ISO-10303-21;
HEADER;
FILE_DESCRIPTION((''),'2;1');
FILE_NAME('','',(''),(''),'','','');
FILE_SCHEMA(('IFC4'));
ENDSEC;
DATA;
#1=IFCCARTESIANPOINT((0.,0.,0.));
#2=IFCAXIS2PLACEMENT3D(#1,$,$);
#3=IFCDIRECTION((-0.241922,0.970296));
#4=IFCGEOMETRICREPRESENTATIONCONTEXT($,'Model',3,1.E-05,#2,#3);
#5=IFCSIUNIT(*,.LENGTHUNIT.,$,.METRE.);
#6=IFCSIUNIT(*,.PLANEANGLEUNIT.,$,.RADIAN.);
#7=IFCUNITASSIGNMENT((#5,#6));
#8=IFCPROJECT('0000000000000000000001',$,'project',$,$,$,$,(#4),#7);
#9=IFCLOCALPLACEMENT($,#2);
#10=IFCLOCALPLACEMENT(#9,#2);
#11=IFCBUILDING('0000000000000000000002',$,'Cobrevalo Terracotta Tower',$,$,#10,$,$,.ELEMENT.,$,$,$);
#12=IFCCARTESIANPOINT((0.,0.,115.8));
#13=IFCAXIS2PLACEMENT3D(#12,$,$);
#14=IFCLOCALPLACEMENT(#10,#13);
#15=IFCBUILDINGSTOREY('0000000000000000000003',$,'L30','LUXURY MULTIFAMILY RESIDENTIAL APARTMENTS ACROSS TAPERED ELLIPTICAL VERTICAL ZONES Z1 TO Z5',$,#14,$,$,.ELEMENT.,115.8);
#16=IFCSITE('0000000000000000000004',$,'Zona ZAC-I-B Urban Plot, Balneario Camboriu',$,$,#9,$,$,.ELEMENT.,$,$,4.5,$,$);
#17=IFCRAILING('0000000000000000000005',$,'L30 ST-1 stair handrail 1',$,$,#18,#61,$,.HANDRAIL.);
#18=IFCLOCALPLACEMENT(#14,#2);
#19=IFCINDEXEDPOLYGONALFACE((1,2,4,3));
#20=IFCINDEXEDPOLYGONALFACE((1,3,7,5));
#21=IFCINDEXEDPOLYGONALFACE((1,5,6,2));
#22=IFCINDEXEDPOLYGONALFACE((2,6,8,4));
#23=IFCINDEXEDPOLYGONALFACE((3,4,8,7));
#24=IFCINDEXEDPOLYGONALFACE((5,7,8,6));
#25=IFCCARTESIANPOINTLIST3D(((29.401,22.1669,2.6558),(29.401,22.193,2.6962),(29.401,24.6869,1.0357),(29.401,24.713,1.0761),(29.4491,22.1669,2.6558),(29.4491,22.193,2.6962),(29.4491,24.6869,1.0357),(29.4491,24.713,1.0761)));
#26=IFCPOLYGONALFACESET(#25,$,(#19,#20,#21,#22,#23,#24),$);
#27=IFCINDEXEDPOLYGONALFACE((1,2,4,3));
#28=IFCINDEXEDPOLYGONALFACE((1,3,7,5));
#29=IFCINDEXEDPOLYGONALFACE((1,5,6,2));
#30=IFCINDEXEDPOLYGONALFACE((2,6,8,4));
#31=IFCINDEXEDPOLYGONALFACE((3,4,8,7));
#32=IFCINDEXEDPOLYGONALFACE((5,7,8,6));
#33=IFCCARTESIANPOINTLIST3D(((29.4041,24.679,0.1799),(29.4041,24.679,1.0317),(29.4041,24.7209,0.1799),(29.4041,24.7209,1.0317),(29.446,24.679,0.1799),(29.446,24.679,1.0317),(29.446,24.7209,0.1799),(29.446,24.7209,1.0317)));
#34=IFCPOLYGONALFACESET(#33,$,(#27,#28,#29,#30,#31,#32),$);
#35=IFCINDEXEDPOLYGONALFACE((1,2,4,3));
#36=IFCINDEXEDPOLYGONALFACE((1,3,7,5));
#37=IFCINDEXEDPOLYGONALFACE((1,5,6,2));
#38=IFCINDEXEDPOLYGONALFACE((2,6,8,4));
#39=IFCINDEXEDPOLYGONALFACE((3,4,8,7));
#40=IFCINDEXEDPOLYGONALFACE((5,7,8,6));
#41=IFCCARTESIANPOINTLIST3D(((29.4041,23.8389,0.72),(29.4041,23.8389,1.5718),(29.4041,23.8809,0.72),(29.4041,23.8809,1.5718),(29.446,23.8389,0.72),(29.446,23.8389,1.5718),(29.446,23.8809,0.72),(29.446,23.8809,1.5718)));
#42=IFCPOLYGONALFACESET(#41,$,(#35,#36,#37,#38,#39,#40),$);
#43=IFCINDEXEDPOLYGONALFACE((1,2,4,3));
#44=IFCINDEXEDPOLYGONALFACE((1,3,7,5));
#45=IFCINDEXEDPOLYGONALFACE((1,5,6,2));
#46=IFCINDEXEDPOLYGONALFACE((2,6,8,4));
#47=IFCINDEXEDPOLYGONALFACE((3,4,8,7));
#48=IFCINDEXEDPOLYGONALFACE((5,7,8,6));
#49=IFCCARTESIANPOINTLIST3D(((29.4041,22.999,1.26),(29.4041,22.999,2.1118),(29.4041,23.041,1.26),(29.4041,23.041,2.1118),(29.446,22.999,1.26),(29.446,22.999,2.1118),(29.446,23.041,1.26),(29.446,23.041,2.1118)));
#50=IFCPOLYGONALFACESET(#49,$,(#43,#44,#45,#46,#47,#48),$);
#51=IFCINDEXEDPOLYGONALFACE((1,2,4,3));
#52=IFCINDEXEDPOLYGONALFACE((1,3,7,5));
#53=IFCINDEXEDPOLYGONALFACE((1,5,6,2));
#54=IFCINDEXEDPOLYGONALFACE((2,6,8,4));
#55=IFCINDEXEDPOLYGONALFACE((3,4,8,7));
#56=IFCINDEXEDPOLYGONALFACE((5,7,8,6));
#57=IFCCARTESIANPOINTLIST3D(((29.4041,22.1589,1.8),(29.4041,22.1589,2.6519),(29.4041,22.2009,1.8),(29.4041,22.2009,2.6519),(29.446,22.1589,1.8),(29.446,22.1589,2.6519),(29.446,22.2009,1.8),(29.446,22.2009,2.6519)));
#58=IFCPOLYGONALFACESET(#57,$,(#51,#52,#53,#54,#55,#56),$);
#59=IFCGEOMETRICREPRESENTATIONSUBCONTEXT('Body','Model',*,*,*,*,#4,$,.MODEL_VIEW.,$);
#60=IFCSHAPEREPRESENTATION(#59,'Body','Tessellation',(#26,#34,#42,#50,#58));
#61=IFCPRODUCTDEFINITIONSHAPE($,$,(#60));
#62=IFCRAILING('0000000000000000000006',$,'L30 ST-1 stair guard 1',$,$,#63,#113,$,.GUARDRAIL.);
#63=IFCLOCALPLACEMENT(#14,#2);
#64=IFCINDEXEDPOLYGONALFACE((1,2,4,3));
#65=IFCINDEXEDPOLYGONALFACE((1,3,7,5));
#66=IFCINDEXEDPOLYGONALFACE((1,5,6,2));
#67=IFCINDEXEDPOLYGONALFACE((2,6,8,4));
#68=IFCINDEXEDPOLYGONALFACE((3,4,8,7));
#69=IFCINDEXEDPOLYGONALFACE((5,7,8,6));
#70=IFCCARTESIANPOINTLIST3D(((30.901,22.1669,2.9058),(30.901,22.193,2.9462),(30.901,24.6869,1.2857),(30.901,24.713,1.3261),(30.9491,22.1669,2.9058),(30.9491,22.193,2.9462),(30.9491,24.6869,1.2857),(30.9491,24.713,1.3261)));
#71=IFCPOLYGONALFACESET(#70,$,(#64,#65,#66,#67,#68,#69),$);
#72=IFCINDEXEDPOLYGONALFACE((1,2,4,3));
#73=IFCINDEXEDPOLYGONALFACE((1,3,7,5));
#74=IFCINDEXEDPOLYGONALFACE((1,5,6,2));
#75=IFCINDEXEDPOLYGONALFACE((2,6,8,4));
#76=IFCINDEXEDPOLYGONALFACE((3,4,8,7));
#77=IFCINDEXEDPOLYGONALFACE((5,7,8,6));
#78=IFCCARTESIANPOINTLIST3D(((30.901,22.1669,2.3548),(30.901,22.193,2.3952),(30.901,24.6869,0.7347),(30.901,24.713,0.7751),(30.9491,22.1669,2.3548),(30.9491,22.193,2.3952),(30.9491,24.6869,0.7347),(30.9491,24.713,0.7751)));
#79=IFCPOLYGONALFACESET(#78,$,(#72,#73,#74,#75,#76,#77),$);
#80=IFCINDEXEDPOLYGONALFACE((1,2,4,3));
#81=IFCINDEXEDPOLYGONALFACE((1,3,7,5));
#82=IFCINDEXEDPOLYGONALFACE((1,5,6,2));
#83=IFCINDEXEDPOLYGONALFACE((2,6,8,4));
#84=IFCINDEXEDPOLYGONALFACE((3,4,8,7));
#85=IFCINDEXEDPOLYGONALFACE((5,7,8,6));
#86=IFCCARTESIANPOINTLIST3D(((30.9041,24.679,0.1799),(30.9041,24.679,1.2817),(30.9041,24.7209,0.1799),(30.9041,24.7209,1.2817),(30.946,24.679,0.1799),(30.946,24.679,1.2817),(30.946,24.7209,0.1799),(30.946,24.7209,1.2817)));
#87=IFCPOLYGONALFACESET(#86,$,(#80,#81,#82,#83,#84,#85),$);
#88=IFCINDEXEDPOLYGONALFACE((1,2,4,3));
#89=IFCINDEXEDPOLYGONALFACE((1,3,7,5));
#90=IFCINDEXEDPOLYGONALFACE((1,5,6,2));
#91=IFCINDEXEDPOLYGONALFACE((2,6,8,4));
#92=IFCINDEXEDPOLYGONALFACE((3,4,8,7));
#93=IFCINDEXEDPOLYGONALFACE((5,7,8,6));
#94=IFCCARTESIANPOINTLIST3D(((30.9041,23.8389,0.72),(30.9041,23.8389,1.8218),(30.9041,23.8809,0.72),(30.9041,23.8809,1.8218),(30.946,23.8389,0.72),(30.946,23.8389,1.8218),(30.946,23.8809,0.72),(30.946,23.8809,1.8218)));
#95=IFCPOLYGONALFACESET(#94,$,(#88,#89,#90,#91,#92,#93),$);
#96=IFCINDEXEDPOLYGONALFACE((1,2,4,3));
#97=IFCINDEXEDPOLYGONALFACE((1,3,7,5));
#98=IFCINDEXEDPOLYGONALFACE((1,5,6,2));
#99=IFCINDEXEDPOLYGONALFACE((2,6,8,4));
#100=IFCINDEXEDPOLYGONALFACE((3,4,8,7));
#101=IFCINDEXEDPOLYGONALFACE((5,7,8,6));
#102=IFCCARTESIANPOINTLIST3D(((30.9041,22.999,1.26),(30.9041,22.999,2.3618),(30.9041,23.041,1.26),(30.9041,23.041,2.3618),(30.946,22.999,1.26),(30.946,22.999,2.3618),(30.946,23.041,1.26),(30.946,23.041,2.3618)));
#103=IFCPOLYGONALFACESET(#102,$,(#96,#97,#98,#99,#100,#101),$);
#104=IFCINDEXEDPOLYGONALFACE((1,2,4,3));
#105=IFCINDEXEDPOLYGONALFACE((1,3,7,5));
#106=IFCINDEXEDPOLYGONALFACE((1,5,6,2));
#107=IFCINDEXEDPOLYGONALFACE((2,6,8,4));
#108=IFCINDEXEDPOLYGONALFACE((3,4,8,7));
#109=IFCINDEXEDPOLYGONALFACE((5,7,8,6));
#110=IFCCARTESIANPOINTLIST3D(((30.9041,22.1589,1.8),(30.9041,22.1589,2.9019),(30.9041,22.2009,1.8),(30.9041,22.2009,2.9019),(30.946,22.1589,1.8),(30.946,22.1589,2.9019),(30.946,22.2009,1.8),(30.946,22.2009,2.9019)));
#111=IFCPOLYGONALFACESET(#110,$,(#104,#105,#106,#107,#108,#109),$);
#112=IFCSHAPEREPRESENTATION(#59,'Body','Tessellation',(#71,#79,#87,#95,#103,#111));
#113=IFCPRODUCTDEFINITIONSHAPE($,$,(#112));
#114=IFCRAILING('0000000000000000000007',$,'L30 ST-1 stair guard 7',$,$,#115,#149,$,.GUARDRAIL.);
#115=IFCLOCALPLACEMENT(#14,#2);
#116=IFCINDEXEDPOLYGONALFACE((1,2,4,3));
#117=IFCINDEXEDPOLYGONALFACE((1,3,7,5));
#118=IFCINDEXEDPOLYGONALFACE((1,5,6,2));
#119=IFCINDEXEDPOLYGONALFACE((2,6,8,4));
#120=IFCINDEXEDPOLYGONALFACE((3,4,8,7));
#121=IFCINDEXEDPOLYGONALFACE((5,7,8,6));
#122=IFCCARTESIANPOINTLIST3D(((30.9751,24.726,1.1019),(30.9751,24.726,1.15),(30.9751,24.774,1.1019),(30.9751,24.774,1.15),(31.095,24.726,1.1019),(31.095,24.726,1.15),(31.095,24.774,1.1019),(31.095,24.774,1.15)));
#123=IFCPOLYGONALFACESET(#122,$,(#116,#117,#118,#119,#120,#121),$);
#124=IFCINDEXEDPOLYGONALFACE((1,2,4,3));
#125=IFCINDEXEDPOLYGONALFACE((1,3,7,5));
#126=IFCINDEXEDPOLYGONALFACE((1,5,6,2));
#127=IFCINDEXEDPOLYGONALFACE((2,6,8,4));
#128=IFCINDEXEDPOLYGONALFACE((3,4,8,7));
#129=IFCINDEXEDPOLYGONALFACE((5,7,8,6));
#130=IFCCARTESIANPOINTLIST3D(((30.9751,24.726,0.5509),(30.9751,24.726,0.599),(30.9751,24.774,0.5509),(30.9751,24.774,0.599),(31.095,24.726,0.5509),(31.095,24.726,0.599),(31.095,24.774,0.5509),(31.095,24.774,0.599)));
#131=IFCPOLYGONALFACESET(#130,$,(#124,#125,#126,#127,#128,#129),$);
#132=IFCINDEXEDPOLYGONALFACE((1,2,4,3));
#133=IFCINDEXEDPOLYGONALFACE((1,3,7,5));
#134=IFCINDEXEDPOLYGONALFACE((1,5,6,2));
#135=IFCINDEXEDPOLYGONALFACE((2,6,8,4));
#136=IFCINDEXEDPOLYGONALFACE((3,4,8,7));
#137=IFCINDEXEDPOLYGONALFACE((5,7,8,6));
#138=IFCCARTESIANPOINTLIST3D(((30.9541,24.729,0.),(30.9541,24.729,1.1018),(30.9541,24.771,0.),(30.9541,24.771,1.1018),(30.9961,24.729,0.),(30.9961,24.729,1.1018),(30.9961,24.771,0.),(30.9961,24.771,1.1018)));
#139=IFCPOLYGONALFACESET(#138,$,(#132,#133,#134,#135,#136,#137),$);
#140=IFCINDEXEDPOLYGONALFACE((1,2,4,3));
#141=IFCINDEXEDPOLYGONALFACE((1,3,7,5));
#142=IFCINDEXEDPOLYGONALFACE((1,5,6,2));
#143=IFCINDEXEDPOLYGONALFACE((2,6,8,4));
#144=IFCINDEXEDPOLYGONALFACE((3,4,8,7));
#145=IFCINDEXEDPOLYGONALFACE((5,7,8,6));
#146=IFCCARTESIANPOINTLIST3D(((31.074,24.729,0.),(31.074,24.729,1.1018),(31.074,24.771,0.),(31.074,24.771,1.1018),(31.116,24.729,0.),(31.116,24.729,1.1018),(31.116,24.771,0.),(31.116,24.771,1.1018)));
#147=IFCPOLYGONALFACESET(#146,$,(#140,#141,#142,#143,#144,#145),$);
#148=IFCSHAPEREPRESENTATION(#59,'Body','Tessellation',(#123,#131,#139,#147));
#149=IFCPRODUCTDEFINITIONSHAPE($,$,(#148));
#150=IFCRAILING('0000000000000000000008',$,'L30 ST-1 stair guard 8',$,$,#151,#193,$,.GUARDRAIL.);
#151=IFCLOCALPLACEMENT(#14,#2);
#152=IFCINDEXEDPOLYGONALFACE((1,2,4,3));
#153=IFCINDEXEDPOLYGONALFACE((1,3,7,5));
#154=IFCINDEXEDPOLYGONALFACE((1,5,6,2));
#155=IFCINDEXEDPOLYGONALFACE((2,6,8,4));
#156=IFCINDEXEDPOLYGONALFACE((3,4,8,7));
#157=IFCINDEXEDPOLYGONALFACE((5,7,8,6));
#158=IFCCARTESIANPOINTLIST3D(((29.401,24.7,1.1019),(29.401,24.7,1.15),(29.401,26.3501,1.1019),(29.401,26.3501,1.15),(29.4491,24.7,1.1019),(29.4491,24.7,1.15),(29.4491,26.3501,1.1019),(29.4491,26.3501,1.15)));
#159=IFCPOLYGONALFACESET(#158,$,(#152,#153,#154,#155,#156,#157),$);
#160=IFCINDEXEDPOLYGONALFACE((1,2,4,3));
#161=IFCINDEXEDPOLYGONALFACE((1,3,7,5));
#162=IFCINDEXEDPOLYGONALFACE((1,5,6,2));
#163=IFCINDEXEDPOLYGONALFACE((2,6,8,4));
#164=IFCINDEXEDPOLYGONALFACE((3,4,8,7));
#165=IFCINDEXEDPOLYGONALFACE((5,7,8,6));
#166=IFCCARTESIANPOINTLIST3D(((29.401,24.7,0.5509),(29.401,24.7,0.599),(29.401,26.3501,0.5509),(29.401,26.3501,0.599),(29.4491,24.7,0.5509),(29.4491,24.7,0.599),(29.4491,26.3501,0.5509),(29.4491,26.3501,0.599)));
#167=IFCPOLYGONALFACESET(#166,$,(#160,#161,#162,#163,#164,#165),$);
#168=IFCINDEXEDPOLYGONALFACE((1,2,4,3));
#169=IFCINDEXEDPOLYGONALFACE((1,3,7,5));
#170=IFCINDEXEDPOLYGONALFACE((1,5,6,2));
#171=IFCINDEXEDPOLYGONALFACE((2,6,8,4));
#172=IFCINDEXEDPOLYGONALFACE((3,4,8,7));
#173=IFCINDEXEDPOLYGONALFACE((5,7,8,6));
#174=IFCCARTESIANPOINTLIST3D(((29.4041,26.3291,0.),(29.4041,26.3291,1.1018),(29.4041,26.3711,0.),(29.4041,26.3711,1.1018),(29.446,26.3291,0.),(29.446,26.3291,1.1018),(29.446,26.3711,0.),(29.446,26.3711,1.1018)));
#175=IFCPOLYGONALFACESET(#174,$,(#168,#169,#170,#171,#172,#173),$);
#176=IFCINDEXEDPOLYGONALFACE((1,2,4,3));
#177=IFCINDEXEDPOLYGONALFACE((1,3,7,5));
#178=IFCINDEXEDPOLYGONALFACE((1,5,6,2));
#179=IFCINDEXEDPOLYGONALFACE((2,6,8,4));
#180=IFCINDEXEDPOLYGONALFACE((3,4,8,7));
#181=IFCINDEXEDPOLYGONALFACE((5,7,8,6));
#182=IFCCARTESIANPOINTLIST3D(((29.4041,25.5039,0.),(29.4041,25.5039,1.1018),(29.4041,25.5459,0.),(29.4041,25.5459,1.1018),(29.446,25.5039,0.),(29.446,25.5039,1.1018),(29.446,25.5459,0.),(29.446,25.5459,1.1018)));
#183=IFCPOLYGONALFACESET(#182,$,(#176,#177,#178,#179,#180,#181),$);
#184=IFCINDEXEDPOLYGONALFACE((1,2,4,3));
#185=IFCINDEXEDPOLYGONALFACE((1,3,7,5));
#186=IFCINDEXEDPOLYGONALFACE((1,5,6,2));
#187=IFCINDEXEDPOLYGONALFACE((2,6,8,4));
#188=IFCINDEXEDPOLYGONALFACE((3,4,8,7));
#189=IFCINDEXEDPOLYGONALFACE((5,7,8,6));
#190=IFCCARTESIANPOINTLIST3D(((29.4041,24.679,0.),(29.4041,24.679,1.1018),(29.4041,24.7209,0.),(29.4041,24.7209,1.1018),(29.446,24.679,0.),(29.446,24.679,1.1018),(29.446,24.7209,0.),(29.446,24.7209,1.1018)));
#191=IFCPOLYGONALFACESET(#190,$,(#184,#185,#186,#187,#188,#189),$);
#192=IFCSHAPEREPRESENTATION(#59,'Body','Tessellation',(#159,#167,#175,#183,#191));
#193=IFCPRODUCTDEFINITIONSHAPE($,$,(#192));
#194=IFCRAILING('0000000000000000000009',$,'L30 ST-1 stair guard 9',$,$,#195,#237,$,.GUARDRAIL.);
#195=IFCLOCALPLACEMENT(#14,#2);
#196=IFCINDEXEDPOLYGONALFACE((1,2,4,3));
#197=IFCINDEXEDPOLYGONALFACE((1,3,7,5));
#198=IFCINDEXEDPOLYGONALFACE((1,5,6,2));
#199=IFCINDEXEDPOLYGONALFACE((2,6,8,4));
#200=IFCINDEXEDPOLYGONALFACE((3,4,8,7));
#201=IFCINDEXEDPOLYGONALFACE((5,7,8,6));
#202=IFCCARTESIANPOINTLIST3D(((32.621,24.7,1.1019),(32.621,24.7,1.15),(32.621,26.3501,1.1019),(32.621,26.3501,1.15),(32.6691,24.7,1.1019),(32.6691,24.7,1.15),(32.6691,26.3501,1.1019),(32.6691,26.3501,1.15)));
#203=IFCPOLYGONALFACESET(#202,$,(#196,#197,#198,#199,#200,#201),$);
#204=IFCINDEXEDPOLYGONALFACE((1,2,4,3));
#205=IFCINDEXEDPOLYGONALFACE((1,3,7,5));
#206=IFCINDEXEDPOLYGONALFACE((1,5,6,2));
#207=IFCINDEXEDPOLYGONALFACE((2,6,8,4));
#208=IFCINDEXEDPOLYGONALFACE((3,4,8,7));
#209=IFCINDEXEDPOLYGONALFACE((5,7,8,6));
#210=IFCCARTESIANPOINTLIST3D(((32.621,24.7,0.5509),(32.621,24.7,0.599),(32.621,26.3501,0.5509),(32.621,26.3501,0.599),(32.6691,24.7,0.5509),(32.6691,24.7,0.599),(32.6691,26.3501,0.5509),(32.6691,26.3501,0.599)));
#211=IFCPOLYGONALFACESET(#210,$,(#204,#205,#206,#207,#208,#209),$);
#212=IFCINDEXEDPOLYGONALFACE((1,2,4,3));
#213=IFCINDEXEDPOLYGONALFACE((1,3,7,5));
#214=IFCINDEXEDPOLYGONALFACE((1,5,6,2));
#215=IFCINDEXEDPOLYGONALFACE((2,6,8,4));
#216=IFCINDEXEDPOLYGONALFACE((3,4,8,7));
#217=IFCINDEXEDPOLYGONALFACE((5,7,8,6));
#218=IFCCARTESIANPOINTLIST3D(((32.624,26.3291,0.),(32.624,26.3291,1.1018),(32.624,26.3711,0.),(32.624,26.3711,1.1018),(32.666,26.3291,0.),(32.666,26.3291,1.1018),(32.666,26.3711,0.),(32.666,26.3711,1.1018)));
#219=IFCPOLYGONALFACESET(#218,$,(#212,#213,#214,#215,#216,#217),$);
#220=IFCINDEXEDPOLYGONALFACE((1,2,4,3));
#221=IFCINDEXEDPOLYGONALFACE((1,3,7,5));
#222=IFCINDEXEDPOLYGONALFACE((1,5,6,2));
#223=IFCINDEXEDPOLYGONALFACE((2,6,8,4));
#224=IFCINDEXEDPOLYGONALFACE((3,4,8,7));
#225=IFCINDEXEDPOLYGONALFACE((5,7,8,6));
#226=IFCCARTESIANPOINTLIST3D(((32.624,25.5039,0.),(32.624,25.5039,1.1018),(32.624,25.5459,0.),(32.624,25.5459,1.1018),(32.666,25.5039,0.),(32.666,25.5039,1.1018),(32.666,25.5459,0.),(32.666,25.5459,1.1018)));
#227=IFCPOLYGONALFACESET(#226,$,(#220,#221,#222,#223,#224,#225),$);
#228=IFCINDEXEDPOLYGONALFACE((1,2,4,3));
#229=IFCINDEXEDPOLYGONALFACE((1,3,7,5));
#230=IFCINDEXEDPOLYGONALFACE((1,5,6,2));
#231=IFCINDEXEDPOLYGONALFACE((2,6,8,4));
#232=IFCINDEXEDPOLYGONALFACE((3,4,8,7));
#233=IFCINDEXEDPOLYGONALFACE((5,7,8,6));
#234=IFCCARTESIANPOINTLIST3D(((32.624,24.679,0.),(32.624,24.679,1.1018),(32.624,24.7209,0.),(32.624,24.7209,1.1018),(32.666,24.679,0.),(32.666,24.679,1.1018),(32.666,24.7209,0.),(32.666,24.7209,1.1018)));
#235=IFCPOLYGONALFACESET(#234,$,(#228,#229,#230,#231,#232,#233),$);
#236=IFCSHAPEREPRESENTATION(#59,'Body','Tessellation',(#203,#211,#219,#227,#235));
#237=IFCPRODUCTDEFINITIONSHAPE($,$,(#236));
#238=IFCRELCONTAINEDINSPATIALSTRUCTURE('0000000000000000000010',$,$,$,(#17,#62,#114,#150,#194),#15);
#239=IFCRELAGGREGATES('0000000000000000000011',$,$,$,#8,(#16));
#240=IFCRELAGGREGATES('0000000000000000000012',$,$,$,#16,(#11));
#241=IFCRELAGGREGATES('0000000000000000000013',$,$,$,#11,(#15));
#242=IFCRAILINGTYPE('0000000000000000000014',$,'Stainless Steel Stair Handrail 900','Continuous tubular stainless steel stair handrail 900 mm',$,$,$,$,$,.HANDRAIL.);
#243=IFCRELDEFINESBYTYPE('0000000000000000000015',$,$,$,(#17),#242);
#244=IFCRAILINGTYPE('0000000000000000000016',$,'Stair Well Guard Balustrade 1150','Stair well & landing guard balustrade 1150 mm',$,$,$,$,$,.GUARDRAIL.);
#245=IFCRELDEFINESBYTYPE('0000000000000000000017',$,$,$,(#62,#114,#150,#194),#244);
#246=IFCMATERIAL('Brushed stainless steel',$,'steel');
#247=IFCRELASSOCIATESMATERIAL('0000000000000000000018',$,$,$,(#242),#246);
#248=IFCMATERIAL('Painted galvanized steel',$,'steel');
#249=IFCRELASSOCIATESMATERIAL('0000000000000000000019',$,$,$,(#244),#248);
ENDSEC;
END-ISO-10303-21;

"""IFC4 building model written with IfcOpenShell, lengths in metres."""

from ifc_helpers import new_model, si_unit, direction, frame, origin, origin_2d, place, context, subcontext, project, spatial, rectangle, extrude, material, type_object, element, save


model = new_model("IFC4")

# Units and contexts
model_context = context("Model", 3, precision=1e-05, world=origin(), true_north=direction((-0.241922, 0.970296)))
body_context = subcontext(model_context, "Body", "Model", "MODEL_VIEW")
ifc_project = project(units=[si_unit("LENGTHUNIT", "METRE"), si_unit("PLANEANGLEUNIT", "RADIAN")], contexts=[model_context])

# Site, building, storey
site_placement = place(None, origin())
site = spatial("IfcSite", under=ifc_project, at=site_placement, Name="Zona ZAC-I-B Urban Plot, Balneario Camboriu", CompositionType="ELEMENT", RefElevation=4.5)
building_placement = place(site_placement, origin())
building = spatial("IfcBuilding", under=site, at=building_placement, Name="Cobrevalo Terracotta Tower", CompositionType="ELEMENT")
storey_placement = place(building_placement, frame((0.0, 0.0, 115.8)))
storey = spatial("IfcBuildingStorey", under=building, at=storey_placement, Name="L30", Description="LUXURY MULTIFAMILY RESIDENTIAL APARTMENTS ACROSS TAPERED ELLIPTICAL VERTICAL ZONES Z1 TO Z5", CompositionType="ELEMENT", Elevation=115.8)

# Shared definitions
ifc_material_1 = material(Name="Brushed stainless steel", Category="steel")

# Railings
railing_type_1 = type_object("IfcRailingType", Name="Stainless Steel Stair Handrail 900", Description="Continuous tubular stainless steel stair handrail 900 mm", PredefinedType="HANDRAIL", material=ifc_material_1)
railing_1_placement = place(storey_placement, frame((29.425, 24.7, 0.1799)))
element("IfcRailing", 1, at=railing_1_placement, inside=storey, type_object=railing_type_1, Name="L30 ST-1 stair handrail 1", PredefinedType="HANDRAIL", context=body_context, shape_type="SweptSolid", body=[
    extrude(rectangle(XDim=0.0481, YDim=0.0481, at=origin_2d()), frame((0.0, 0.0, 0.876), z_axis=(0.0, -0.841163, 0.540782), x_axis=(1.0, 0.0, 0.0)), (0.0, 0.0, 1.0), 2.9958),
    extrude(rectangle(XDim=0.042, YDim=0.042, at=origin_2d()), origin(), (0.0, 0.0, 1.0), 0.8518),
    extrude(rectangle(XDim=0.042, YDim=0.042, at=origin_2d()), frame((0.0, -0.8401, 0.54)), (0.0, 0.0, 1.0), 0.8518),
    extrude(rectangle(XDim=0.042, YDim=0.042, at=origin_2d()), frame((0.0, -1.6799, 1.0801)), (0.0, 0.0, 1.0), 0.8518),
    extrude(rectangle(XDim=0.042, YDim=0.042, at=origin_2d()), frame((0.0, -2.52, 1.6201)), (0.0, 0.0, 1.0), 0.8518),
])
ifc_material_2 = material(Name="Painted galvanized steel", Category="steel")
railing_type_2 = type_object("IfcRailingType", Name="Stair Well Guard Balustrade 1150", Description="Stair well & landing guard balustrade 1150 mm", PredefinedType="GUARDRAIL", material=ifc_material_2)
railing_2_placement = place(storey_placement, frame((30.925, 24.7, 0.1799)))
element("IfcRailing", 2, at=railing_2_placement, inside=storey, type_object=railing_type_2, Name="L30 ST-1 stair guard 1", PredefinedType="GUARDRAIL", context=body_context, shape_type="SweptSolid", body=[
    extrude(rectangle(XDim=0.0481, YDim=0.0481, at=origin_2d()), frame((0.0, 0.0, 1.126), z_axis=(0.0, -0.841163, 0.540782), x_axis=(1.0, 0.0, 0.0)), (0.0, 0.0, 1.0), 2.9958),
    extrude(rectangle(XDim=0.0481, YDim=0.0481, at=origin_2d()), frame((0.0, 0.0, 0.575), z_axis=(0.0, -0.841163, 0.540782), x_axis=(1.0, 0.0, 0.0)), (0.0, 0.0, 1.0), 2.9958),
    extrude(rectangle(XDim=0.042, YDim=0.042, at=origin_2d()), origin(), (0.0, 0.0, 1.0), 1.1018),
    extrude(rectangle(XDim=0.042, YDim=0.042, at=origin_2d()), frame((0.0, -0.8401, 0.54)), (0.0, 0.0, 1.0), 1.1018),
    extrude(rectangle(XDim=0.042, YDim=0.042, at=origin_2d()), frame((0.0, -1.6799, 1.0801)), (0.0, 0.0, 1.0), 1.1018),
    extrude(rectangle(XDim=0.042, YDim=0.042, at=origin_2d()), frame((0.0, -2.52, 1.6201)), (0.0, 0.0, 1.0), 1.1018),
])
railing_3_placement = place(storey_placement, frame((30.9751, 24.75, 0.0)))
element("IfcRailing", 3, at=railing_3_placement, inside=storey, type_object=railing_type_2, Name="L30 ST-1 stair guard 7", PredefinedType="GUARDRAIL", context=body_context, shape_type="SweptSolid", body=[
    extrude(rectangle(XDim=0.0481, YDim=0.0481, at=origin_2d()), frame((0.0, 0.0, 1.126), z_axis=(1.0, 0.0, 0.0), x_axis=(0.0, 1.0, 0.0)), (0.0, 0.0, 1.0), 0.1199),
    extrude(rectangle(XDim=0.0481, YDim=0.0481, at=origin_2d()), frame((0.0, 0.0, 0.575), z_axis=(1.0, 0.0, 0.0), x_axis=(0.0, 1.0, 0.0)), (0.0, 0.0, 1.0), 0.1199),
    extrude(rectangle(XDim=0.042, YDim=0.042, at=origin_2d()), origin(), (0.0, 0.0, 1.0), 1.1018),
    extrude(rectangle(XDim=0.042, YDim=0.042, at=origin_2d()), frame((0.1199, 0.0, 0.0)), (0.0, 0.0, 1.0), 1.1018),
])
for number, where, name in (
    (4, (29.425, 26.3501, 0.0), "L30 ST-1 stair guard 8"),
    (5, (32.645, 26.3501, 0.0), "L30 ST-1 stair guard 9"),
):
    element("IfcRailing", number, at=place(storey_placement, frame(where)), inside=storey, type_object=railing_type_2, Name=name, PredefinedType="GUARDRAIL", context=body_context, shape_type="SweptSolid", body=[
        extrude(rectangle(XDim=0.0481, YDim=0.0481, at=origin_2d()), frame((0.0, 0.0, 1.126), z_axis=(0.0, -1.0, 0.0), x_axis=(1.0, 0.0, 0.0)), (0.0, 0.0, 1.0), 1.6501),
        extrude(rectangle(XDim=0.0481, YDim=0.0481, at=origin_2d()), frame((0.0, 0.0, 0.575), z_axis=(0.0, -1.0, 0.0), x_axis=(1.0, 0.0, 0.0)), (0.0, 0.0, 1.0), 1.6501),
        extrude(rectangle(XDim=0.042, YDim=0.042, at=origin_2d()), origin(), (0.0, 0.0, 1.0), 1.1018),
        extrude(rectangle(XDim=0.042, YDim=0.042, at=origin_2d()), frame((0.0, -0.8252, 0.0)), (0.0, 0.0, 1.0), 1.1018),
        extrude(rectangle(XDim=0.042, YDim=0.042, at=origin_2d()), frame((0.0, -1.6501, 0.0)), (0.0, 0.0, 1.0), 1.1018),
    ])

save(model, "model.ifc")
